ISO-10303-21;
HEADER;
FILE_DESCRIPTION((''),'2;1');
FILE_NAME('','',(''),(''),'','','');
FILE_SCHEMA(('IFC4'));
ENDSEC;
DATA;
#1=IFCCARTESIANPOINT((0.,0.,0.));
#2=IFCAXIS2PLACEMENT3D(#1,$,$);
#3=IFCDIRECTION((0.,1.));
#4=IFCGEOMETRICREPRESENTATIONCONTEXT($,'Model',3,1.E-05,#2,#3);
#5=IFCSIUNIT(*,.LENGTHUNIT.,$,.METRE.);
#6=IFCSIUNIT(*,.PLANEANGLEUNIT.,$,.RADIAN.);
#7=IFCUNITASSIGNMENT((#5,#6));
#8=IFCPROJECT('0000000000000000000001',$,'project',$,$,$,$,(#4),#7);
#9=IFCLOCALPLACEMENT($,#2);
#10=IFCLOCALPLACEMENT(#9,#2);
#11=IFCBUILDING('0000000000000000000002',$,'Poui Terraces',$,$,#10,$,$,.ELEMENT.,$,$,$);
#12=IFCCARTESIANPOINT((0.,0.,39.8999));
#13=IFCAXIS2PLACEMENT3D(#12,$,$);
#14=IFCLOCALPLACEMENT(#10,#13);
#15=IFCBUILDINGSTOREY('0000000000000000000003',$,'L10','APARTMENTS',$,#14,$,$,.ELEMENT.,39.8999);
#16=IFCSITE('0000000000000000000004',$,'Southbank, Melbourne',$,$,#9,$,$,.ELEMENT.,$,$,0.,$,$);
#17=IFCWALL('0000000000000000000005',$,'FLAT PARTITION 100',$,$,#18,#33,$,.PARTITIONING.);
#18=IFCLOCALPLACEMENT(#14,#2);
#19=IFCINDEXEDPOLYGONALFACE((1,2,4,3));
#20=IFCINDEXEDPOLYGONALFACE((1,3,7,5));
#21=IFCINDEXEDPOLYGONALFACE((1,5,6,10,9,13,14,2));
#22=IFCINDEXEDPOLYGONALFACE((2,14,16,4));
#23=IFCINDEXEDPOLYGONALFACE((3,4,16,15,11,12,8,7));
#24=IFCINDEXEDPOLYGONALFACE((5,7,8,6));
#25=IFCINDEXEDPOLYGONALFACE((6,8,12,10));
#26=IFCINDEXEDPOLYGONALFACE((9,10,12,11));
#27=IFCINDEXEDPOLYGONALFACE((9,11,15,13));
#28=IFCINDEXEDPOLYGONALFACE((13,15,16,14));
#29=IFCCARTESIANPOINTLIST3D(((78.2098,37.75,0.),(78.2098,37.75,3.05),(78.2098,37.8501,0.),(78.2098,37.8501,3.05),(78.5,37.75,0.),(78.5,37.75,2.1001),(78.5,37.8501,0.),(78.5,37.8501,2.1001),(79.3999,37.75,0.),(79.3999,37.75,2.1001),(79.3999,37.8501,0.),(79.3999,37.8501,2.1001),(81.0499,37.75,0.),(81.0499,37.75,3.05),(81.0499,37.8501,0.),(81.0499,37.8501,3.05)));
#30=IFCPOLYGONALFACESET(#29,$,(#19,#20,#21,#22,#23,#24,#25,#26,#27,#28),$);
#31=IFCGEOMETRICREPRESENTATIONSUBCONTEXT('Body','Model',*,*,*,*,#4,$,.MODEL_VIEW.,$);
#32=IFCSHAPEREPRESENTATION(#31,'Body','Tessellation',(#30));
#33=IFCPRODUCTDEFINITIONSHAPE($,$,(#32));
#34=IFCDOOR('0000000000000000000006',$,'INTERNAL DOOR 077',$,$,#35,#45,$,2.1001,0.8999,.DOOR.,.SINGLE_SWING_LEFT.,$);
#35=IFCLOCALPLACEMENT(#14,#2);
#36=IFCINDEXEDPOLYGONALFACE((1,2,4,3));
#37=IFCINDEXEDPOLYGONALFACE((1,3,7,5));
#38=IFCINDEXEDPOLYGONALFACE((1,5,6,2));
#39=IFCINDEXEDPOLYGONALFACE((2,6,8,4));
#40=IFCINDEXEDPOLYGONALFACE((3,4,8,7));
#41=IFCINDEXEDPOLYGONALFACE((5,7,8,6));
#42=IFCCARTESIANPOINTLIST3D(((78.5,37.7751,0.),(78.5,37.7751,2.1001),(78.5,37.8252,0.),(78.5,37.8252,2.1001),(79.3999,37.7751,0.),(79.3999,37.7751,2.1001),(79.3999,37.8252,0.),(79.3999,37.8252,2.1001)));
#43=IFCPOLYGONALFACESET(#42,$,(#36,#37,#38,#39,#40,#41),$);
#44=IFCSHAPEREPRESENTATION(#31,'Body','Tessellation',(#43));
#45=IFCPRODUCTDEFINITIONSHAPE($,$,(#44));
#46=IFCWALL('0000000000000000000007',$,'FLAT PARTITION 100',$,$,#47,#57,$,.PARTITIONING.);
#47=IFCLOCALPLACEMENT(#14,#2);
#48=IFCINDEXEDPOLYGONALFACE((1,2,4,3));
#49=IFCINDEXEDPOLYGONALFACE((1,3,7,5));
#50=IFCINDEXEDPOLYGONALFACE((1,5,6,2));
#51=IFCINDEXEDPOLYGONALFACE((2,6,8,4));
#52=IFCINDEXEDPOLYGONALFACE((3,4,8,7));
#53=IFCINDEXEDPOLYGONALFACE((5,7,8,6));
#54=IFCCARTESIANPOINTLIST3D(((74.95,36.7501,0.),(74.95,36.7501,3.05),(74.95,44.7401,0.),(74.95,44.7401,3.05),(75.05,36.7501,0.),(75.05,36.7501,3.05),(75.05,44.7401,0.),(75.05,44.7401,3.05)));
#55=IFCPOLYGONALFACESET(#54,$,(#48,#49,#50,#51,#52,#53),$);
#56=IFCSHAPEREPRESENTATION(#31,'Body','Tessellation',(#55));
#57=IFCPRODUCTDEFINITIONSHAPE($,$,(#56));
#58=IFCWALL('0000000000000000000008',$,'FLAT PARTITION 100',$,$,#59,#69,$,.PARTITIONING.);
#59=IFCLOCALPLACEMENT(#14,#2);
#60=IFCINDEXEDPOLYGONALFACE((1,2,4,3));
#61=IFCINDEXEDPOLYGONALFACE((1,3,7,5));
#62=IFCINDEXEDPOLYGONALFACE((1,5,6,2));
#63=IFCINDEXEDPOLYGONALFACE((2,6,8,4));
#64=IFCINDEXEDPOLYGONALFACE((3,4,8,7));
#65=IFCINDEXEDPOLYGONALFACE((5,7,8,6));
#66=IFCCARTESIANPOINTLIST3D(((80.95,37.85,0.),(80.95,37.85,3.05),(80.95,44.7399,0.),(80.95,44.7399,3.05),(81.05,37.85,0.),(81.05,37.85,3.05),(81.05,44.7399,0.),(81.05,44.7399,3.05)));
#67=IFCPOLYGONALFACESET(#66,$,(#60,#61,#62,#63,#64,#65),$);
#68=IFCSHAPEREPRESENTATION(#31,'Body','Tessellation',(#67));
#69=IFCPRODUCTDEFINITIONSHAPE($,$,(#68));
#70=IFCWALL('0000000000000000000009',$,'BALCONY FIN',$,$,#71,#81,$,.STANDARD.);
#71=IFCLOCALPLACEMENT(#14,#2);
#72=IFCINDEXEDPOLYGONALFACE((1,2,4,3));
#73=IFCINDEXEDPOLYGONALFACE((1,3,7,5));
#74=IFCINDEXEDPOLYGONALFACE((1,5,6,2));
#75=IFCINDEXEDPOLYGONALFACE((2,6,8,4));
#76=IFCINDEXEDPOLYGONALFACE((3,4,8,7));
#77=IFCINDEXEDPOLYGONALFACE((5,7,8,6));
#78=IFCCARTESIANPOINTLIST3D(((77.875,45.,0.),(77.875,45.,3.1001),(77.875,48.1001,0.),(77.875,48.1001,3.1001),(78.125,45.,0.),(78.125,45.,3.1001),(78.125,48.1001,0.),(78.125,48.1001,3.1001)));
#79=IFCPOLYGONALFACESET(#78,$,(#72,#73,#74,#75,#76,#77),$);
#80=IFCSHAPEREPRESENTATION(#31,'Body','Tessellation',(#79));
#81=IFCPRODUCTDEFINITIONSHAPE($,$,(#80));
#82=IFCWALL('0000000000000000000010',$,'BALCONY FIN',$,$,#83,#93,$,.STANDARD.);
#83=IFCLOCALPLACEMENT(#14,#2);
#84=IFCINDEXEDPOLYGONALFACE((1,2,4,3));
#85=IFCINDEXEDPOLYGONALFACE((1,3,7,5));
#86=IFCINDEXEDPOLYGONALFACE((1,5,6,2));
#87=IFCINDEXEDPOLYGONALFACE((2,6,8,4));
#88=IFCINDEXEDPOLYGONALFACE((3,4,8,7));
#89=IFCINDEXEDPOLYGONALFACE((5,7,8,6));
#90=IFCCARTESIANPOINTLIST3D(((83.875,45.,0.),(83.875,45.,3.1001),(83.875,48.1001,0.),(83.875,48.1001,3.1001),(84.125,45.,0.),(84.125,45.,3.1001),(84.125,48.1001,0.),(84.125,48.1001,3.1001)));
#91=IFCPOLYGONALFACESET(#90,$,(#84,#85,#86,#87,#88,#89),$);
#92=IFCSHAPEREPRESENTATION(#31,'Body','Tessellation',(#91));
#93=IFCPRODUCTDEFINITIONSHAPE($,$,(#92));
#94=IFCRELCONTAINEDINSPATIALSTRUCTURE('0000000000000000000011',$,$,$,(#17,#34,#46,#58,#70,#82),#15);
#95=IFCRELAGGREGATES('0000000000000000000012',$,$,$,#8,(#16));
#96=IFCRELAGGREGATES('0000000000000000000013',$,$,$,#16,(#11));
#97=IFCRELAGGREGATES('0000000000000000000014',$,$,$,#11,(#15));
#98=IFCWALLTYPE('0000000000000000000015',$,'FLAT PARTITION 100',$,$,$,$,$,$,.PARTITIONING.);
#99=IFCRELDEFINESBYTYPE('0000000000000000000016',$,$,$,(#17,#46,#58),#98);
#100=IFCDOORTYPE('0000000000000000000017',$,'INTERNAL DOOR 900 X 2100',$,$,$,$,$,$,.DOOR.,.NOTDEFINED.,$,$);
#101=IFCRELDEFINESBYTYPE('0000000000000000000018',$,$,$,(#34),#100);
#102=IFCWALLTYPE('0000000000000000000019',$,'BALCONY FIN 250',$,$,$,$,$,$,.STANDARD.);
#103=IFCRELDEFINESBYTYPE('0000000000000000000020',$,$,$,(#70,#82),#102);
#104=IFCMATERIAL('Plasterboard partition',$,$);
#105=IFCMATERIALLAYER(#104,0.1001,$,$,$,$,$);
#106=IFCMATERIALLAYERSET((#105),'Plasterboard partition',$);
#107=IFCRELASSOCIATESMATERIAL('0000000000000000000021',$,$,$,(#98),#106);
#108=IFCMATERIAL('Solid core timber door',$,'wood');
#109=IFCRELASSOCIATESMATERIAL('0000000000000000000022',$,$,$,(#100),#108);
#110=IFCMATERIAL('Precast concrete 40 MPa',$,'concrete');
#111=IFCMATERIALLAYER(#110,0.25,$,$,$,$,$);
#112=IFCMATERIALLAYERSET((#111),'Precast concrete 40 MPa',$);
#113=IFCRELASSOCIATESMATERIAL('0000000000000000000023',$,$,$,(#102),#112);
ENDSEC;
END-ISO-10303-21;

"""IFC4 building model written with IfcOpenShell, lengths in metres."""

from ifc_helpers import new_model, si_unit, direction, frame, frame_2d, origin, place, context, subcontext, project, spatial, polyline, rectangle, outline, extrude, source, transform, mapped, material, layer, layer_set, type_object, element, fill, save


model = new_model("IFC4")

# Units and contexts
model_context = context("Model", 3, precision=1e-05, world=origin(), true_north=direction((0.0, 1.0)))
body_context = subcontext(model_context, "Body", "Model", "MODEL_VIEW")
ifc_project = project(units=[si_unit("LENGTHUNIT", "METRE"), si_unit("PLANEANGLEUNIT", "RADIAN")], contexts=[model_context])

# Site, building, storey
site_placement = place(None, origin())
site = spatial("IfcSite", under=ifc_project, at=site_placement, Name="Southbank, Melbourne", CompositionType="ELEMENT", RefElevation=0.0)
building_placement = place(site_placement, origin())
building = spatial("IfcBuilding", under=site, at=building_placement, Name="Poui Terraces", CompositionType="ELEMENT")
storey_placement = place(building_placement, frame((0.0, 0.0, 39.8999)))
storey = spatial("IfcBuildingStorey", under=building, at=storey_placement, Name="L10", Description="APARTMENTS", CompositionType="ELEMENT", Elevation=39.8999)

# Wall, opening, door
ifc_material_1 = material(Name="Plasterboard partition")
ifc_layer_1 = layer(ifc_material_1, 0.1001)
ifc_layer_set_1 = layer_set([ifc_layer_1], Name="Plasterboard partition")
wall_type_1 = type_object("IfcWallType", Name="FLAT PARTITION 100", PredefinedType="PARTITIONING", material=ifc_layer_set_1)
ifc_material_2 = material(Name="Solid core timber door", Category="wood")
door_type_1 = type_object("IfcDoorType", Name="INTERNAL DOOR 900 X 2100", OperationType="NOTDEFINED", PredefinedType="DOOR", material=ifc_material_2)
wall_1_placement = place(storey_placement, frame((78.21, 37.8, 0.0), z_axis=(0.0, 0.0, 1.0), x_axis=(1.0, 0.0, 0.0)))
wall_1 = element("IfcWall", 1, at=wall_1_placement, inside=storey, type_object=wall_type_1, Name="FLAT PARTITION 100", PredefinedType="PARTITIONING", context=body_context, shape_type="SweptSolid", body=[
    extrude(rectangle(XDim=2.8401, YDim=0.1001, at=frame_2d((1.4199, 0.0))), origin(), (0.0, 0.0, 1.0), 3.05),
])
opening_1_placement = place(wall_1_placement, frame((0.29, 0.0, 0.0)))
opening_1 = element("IfcOpeningElement", 2, at=opening_1_placement, cuts=wall_1, PredefinedType="OPENING", context=body_context, shape_type="SweptSolid", body=[
    extrude(rectangle(XDim=0.8999, YDim=2.1001, at=frame_2d((0.45, 1.05))), frame((0.0, 0.0601, 0.0), z_axis=(0.0, -1.0, 0.0), x_axis=(1.0, 0.0, 0.0)), (0.0, 0.0, 1.0), 0.1201),
])
door_1_placement = place(opening_1_placement, frame((0.8999, 0.0, 0.0), z_axis=(0.0, 0.0, 1.0), x_axis=(-1.0, 0.0, 0.0)))
door_1 = element("IfcDoor", 3, at=door_1_placement, inside=storey, type_object=door_type_1, Name="INTERNAL DOOR 077", OperationType="SINGLE_SWING_LEFT", OverallHeight=2.1001, OverallWidth=0.8999, PredefinedType="DOOR", context=body_context, shape_type="SweptSolid", body=[
    extrude(rectangle(XDim=0.8999, YDim=2.1001, at=frame_2d((0.45, 1.05))), frame((0.0, 0.0249, 0.0), z_axis=(0.0, -1.0, 0.0), x_axis=(1.0, 0.0, 0.0)), (0.0, 0.0, 1.0), 0.05),
])
fill(opening_1, door_1)

# Walls
wall_2_placement = place(storey_placement, frame((75.0, 36.75, 0.0), z_axis=(0.0, 0.0, 1.0), x_axis=(0.0, 1.0, 0.0)))
element("IfcWall", 4, at=wall_2_placement, inside=storey, type_object=wall_type_1, Name="FLAT PARTITION 100", PredefinedType="PARTITIONING", context=body_context, shape_type="SweptSolid", body=[
    extrude(rectangle(XDim=7.99, YDim=0.1001, at=frame_2d((3.9951, 0.0))), origin(), (0.0, 0.0, 1.0), 3.05),
])
wall_3_placement = place(storey_placement, frame((81.0, 37.8501, 0.0), z_axis=(0.0, 0.0, 1.0), x_axis=(0.0, 1.0, 0.0)))
element("IfcWall", 5, at=wall_3_placement, inside=storey, type_object=wall_type_1, Name="FLAT PARTITION 100", PredefinedType="PARTITIONING", context=body_context, shape_type="SweptSolid", body=[
    extrude(rectangle(XDim=6.8899, YDim=0.1001, at=frame_2d((3.4448, 0.0))), origin(), (0.0, 0.0, 1.0), 3.05),
])
ifc_material_3 = material(Name="Precast concrete 40 MPa", Category="concrete")
ifc_layer_2 = layer(ifc_material_3, 0.25)
ifc_layer_set_2 = layer_set([ifc_layer_2], Name="Precast concrete 40 MPa")
wall_type_2 = type_object("IfcWallType", Name="BALCONY FIN 250", PredefinedType="STANDARD", material=ifc_layer_set_2)
shared_shape_1 = source(origin(), body_context, "Body", "SweptSolid", [
    extrude(outline(polyline([(0.0, 0.0), (0.25, 0.0), (0.25, 3.1001), (0.0, 3.1001), (0.0, 0.0)])), origin(), (0.0, 0.0, 1.0), 3.1001),
])
for number, where, name in (
    (6, (77.875, 45.0, 0.0), "BALCONY FIN"),
    (7, (83.875, 45.0, 0.0), "BALCONY FIN"),
):
    element("IfcWall", number, at=place(storey_placement, frame(where)), inside=storey, type_object=wall_type_2, Name=name, PredefinedType="STANDARD", context=body_context, shape_type="MappedRepresentation", body=[
        mapped(shared_shape_1, transform((0.0, 0.0, 0.0))),
    ])

save(model, "model.ifc")
